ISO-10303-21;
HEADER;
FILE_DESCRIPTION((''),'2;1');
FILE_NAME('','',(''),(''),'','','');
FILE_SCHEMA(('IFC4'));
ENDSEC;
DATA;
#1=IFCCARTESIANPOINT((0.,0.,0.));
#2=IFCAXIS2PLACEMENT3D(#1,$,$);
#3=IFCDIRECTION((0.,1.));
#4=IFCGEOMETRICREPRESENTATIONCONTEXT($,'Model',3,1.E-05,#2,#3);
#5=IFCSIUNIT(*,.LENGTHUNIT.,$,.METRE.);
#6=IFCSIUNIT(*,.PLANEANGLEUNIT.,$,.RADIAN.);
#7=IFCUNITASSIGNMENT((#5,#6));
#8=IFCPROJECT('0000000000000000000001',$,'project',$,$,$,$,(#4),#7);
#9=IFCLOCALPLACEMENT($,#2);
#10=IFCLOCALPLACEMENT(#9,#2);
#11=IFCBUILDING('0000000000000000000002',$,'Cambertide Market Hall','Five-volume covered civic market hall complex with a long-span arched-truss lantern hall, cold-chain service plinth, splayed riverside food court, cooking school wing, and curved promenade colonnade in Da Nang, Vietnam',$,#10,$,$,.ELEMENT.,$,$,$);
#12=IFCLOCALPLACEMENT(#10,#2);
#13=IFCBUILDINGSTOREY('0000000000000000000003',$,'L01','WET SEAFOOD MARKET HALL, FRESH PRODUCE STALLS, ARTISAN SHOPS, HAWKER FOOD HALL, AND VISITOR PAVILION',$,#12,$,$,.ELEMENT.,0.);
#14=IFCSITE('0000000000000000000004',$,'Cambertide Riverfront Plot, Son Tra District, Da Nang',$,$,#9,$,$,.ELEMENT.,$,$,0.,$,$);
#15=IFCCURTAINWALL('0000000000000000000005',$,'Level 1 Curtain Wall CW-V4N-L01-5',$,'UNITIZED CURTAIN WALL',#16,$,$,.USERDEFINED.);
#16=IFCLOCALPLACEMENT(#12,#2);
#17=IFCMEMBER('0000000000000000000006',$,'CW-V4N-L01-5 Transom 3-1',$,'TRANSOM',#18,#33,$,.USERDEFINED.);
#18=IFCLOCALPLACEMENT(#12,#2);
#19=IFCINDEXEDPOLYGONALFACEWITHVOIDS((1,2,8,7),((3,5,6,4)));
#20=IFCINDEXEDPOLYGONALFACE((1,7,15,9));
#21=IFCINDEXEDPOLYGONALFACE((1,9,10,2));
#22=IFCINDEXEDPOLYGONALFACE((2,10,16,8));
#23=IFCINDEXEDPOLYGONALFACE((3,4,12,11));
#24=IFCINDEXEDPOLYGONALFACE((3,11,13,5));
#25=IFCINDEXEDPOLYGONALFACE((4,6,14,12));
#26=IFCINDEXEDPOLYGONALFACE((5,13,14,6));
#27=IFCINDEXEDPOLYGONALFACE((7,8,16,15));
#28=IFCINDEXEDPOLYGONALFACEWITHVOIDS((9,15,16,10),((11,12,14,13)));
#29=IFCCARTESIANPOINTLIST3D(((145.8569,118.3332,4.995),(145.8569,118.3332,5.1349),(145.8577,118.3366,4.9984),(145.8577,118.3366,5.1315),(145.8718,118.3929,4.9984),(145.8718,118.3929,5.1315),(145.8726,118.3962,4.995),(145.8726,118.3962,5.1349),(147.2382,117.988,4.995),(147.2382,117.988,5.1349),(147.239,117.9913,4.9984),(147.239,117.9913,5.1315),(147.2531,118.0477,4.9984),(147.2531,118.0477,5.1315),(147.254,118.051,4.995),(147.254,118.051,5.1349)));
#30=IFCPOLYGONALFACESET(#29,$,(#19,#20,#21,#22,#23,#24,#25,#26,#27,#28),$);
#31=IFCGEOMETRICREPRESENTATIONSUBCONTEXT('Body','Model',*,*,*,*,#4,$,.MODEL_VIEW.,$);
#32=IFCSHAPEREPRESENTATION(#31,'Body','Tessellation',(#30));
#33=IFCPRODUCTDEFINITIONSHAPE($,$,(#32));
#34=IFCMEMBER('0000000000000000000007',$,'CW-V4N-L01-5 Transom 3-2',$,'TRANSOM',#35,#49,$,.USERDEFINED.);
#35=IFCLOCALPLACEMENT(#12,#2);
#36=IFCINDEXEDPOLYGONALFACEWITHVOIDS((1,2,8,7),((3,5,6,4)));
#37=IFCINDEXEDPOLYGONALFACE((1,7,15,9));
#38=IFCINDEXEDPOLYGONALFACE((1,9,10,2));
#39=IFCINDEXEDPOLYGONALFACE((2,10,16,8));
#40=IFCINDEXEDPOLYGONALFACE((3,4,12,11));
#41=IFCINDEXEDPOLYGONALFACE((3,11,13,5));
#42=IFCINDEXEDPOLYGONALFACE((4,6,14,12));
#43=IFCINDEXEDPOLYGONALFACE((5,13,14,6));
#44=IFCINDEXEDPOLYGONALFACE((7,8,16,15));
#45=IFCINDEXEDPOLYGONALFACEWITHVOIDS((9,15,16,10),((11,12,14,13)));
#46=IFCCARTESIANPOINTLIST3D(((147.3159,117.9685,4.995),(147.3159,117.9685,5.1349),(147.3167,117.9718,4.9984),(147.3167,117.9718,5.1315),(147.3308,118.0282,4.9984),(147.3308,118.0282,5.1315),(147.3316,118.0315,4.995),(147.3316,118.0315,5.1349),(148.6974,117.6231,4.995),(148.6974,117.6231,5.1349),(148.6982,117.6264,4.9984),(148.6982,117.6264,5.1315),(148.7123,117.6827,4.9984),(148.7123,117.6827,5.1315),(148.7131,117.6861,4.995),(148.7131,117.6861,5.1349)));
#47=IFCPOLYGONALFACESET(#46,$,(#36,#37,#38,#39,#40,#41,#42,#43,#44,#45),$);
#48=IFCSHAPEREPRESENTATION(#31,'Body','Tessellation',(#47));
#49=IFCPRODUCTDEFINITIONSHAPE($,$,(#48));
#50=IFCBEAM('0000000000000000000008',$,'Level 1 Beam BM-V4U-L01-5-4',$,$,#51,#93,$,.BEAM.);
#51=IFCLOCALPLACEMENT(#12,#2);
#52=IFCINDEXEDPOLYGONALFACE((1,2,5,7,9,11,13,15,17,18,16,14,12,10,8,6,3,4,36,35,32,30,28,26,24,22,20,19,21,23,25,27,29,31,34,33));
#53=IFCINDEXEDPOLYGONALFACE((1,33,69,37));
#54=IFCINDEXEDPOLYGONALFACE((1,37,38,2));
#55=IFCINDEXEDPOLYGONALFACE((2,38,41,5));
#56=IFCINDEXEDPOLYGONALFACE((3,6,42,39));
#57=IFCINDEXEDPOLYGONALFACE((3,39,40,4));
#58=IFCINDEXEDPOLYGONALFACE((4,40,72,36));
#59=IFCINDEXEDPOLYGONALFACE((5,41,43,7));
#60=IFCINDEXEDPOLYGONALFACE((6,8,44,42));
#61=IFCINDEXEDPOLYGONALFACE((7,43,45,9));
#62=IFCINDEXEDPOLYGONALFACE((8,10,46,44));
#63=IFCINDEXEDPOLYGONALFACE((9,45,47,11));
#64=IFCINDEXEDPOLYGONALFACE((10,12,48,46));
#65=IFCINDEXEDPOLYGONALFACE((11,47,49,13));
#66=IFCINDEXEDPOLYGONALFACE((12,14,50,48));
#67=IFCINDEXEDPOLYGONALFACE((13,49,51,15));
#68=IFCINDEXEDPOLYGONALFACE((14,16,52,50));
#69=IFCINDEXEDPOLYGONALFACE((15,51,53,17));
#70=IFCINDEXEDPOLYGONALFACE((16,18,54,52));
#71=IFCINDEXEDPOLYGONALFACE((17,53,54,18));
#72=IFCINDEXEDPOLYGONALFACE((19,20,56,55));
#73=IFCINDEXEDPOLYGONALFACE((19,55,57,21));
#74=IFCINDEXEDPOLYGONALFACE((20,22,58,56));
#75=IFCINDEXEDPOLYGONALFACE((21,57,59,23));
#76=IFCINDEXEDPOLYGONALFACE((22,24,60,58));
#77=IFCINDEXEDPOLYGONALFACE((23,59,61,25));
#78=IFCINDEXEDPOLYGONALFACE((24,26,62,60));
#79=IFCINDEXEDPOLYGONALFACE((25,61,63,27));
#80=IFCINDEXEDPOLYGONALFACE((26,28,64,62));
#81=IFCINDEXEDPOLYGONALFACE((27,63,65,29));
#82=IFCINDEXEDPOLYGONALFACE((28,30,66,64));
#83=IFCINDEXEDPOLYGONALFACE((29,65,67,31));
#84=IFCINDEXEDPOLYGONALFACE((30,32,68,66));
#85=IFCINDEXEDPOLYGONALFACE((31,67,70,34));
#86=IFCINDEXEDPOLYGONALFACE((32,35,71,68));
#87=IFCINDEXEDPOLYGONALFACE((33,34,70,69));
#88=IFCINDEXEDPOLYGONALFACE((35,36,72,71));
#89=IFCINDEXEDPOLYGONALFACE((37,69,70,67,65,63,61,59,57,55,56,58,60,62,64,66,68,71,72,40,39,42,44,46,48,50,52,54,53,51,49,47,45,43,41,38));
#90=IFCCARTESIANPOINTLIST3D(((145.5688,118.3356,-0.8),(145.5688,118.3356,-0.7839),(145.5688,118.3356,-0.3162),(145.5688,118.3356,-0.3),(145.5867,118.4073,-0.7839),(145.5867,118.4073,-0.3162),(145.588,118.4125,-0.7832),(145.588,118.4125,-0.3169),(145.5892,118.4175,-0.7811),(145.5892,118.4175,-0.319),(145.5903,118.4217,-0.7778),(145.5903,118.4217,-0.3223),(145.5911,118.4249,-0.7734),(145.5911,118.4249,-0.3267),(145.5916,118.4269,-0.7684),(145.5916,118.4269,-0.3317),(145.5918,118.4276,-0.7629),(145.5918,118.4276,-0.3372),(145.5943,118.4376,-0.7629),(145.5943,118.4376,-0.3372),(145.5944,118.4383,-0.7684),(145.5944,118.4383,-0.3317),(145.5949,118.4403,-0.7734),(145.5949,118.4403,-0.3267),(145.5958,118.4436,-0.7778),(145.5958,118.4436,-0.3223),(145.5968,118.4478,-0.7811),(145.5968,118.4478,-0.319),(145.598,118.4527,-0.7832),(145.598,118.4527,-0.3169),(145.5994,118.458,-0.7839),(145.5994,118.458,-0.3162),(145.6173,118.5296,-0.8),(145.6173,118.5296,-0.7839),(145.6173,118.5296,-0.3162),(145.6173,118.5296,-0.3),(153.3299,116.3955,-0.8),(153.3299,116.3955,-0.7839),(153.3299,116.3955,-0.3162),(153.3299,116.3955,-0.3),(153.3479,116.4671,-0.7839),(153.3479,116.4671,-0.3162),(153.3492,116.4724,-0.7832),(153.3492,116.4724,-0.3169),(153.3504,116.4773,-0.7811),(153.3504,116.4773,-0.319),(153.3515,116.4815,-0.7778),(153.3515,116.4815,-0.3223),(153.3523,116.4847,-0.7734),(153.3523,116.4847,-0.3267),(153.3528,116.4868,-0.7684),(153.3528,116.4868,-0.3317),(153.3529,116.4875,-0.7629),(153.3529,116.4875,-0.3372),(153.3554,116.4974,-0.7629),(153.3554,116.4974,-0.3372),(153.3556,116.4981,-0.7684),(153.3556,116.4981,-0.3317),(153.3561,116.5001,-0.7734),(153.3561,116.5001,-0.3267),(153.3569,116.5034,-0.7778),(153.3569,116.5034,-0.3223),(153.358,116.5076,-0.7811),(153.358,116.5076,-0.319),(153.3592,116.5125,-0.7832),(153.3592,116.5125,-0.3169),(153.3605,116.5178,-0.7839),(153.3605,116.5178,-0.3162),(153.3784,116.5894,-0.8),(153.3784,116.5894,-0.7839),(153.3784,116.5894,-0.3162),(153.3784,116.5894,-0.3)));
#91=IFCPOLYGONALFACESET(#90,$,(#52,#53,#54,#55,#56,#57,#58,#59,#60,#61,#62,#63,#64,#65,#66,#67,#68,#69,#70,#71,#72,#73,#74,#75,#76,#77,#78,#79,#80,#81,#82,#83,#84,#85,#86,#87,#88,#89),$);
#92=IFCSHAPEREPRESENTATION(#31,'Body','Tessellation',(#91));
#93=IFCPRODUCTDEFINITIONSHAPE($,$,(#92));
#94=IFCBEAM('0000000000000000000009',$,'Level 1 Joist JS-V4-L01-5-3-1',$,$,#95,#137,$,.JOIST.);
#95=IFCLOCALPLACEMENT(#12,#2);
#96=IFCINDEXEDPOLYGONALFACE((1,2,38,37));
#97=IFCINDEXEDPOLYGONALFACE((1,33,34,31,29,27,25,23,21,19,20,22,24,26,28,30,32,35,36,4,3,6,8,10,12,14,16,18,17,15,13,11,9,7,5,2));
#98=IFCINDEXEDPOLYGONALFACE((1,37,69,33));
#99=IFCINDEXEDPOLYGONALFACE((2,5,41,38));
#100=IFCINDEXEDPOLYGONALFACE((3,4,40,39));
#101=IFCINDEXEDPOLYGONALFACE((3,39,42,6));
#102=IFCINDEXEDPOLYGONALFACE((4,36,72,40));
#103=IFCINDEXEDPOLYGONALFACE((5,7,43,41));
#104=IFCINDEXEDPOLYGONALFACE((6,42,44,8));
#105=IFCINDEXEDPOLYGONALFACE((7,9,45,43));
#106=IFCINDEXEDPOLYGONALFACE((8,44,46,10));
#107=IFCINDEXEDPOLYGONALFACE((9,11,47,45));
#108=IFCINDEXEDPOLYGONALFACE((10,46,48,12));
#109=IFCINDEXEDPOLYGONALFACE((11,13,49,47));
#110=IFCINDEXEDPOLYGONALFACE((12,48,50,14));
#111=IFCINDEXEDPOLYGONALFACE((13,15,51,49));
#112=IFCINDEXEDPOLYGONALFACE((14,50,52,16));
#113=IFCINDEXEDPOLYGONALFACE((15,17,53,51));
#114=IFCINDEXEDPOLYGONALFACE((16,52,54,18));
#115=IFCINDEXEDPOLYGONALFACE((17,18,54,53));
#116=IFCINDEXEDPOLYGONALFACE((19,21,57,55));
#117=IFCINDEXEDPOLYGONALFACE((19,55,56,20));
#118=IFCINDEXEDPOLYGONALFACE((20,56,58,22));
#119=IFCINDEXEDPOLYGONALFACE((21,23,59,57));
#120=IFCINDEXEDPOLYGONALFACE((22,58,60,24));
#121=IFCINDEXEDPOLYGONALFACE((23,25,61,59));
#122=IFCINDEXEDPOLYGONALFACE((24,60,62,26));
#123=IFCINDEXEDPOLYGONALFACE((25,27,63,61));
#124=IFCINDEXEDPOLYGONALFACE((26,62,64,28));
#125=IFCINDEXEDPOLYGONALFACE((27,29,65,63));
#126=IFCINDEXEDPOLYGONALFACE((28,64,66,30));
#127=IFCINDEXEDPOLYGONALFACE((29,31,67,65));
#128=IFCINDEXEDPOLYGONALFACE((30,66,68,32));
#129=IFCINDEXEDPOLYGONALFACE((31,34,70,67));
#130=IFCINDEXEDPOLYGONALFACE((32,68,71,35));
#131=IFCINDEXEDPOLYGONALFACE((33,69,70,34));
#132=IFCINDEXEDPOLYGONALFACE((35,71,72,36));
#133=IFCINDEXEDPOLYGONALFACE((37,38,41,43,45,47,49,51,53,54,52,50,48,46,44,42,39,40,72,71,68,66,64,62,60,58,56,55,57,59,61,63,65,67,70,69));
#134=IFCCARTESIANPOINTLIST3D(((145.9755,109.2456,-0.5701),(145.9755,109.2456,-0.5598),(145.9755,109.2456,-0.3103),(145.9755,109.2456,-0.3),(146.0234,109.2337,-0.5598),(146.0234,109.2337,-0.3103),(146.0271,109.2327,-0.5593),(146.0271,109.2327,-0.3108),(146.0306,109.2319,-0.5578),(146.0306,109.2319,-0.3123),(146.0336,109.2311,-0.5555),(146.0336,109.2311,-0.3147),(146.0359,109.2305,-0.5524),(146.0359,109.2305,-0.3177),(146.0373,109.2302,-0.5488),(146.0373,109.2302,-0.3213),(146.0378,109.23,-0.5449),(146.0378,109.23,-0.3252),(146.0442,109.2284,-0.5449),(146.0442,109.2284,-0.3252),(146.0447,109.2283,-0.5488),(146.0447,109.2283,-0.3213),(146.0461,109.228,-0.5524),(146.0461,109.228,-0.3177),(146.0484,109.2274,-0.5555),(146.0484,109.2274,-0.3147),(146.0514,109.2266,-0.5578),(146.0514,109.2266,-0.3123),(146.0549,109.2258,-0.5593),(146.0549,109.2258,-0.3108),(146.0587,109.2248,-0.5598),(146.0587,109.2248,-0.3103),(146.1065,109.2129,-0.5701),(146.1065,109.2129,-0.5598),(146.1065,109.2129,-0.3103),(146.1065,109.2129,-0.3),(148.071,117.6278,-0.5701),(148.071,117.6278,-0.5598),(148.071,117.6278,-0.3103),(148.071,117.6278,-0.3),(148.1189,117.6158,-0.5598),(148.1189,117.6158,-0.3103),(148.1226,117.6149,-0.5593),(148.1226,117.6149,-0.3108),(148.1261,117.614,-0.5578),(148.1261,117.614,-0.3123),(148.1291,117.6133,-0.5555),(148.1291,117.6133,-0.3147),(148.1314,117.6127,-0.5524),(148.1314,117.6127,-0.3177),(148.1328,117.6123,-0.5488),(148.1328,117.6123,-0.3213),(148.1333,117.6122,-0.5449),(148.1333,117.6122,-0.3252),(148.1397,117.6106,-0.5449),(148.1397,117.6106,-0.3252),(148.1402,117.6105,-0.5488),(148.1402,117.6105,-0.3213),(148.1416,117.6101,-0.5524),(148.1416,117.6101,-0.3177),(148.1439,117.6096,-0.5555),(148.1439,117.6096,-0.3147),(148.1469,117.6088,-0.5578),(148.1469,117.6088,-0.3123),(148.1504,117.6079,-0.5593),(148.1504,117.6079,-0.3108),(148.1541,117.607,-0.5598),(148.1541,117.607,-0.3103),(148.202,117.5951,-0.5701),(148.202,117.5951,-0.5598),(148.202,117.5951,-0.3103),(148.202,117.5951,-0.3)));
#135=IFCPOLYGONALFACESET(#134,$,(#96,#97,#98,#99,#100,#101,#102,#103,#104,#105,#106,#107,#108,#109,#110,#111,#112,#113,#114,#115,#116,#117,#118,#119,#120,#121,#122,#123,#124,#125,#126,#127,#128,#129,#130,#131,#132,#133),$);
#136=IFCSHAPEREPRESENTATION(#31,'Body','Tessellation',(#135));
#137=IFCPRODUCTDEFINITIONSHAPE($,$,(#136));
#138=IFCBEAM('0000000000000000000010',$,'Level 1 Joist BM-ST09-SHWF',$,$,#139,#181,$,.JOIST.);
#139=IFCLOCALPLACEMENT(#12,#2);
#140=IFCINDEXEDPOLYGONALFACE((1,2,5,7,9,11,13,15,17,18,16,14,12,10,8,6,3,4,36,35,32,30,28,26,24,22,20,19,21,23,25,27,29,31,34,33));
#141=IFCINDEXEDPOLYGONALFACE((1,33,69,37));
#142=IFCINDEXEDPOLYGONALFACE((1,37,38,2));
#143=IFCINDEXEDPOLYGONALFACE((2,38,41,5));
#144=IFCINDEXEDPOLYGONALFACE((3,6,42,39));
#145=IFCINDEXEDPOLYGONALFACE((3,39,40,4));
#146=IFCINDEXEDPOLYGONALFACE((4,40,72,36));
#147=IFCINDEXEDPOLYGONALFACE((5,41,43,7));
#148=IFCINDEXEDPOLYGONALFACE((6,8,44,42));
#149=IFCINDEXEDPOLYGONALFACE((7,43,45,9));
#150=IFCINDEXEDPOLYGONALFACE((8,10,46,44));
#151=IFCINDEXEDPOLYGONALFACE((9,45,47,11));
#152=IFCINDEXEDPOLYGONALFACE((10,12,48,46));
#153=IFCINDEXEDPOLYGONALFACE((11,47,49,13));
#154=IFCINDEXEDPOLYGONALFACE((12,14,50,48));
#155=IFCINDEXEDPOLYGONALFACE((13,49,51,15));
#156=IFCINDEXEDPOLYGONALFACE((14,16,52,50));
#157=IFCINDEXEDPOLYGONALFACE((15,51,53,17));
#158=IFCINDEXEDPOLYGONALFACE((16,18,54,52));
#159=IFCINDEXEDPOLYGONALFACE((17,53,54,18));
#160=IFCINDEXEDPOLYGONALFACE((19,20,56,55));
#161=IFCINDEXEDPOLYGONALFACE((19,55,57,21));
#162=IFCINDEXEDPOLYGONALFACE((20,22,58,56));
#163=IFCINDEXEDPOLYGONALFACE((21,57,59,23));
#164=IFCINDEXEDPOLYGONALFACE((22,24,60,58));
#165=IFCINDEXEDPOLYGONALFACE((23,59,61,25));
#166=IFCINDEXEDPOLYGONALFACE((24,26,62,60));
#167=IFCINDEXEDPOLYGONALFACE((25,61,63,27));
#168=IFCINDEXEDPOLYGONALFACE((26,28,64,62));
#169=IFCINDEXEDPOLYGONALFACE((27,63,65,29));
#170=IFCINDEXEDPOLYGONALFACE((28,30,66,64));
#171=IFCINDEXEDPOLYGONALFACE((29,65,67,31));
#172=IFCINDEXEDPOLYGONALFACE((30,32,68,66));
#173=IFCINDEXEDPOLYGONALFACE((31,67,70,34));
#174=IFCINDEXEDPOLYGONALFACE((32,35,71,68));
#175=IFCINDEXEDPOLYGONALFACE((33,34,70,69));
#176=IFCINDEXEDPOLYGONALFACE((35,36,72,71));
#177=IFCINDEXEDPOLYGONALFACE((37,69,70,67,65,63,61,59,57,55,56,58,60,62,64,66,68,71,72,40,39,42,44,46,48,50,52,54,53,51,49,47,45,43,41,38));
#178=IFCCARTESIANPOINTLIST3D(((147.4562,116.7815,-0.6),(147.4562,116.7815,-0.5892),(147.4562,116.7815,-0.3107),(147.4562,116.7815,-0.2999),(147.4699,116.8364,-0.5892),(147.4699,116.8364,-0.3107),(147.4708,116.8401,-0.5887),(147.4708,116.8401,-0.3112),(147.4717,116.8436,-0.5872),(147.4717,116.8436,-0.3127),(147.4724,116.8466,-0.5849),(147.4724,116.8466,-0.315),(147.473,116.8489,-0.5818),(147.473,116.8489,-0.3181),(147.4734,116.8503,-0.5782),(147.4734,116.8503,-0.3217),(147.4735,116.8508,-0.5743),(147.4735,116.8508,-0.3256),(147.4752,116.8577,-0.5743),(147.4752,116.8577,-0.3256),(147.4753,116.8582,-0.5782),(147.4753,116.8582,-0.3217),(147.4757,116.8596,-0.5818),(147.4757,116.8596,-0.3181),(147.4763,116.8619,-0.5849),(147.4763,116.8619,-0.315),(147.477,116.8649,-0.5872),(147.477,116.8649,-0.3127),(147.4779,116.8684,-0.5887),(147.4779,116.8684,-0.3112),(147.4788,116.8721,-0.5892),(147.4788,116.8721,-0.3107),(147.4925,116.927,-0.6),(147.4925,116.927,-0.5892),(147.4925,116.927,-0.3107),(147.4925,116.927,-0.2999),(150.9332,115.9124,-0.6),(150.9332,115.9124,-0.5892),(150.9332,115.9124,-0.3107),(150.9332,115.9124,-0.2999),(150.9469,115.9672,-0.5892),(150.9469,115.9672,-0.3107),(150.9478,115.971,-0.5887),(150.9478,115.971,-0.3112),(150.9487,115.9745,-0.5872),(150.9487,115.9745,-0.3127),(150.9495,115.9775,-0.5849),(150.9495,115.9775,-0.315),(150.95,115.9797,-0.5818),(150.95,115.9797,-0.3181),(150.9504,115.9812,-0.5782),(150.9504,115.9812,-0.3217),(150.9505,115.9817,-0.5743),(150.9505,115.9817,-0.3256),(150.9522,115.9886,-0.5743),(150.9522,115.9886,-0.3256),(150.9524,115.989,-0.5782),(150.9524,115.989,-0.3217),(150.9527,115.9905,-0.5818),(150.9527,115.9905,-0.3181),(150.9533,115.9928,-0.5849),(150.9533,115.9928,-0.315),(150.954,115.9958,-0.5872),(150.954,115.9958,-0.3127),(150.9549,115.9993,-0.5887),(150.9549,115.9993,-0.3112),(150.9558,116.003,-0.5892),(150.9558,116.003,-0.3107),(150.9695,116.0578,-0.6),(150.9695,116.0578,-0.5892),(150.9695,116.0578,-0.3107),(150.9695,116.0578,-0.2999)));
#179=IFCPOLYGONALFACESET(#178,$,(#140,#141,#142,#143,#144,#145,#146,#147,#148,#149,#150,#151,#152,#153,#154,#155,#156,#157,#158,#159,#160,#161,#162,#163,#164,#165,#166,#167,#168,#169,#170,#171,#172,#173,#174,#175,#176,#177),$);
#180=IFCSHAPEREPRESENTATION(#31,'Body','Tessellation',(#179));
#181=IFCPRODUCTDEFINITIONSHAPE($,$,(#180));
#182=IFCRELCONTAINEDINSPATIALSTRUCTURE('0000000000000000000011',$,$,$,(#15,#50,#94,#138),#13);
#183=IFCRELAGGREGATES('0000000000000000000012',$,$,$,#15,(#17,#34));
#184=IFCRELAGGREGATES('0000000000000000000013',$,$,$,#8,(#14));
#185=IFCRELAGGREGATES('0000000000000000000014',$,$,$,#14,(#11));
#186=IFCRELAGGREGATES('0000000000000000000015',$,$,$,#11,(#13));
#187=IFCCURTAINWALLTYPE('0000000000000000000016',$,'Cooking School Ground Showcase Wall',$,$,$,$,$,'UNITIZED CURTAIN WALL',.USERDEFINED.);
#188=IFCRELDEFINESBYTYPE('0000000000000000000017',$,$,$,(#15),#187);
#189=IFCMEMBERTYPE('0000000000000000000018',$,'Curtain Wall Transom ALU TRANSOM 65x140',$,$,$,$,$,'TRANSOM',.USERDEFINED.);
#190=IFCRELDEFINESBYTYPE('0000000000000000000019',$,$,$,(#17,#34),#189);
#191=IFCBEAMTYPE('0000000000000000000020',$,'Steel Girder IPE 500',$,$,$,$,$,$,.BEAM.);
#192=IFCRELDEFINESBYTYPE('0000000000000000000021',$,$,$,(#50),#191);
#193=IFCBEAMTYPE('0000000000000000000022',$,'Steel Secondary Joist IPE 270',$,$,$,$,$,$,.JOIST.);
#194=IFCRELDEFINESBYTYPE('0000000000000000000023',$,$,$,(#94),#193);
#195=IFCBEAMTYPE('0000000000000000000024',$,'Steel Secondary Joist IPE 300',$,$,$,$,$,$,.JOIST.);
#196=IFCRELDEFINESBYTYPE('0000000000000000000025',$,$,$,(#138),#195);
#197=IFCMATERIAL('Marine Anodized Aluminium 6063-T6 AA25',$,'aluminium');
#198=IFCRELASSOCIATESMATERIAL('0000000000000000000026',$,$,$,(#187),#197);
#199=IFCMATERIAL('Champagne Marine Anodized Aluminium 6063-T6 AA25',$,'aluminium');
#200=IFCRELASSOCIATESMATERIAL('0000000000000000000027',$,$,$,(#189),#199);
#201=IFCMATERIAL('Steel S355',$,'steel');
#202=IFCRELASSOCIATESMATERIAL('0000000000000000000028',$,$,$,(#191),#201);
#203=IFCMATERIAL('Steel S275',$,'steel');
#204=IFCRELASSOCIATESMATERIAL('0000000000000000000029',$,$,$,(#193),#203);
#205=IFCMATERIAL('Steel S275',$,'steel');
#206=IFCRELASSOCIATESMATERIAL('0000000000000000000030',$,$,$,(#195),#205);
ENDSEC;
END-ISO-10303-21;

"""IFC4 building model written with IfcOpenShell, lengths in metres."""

from ifc_helpers import new_model, si_unit, direction, frame, origin, origin_2d, place, context, subcontext, project, spatial, hollow_rectangle, i_section, extrude, material, material_profile, profile_set, type_object, element, aggregate, save


model = new_model("IFC4")

# Units and contexts
model_context = context("Model", 3, precision=1e-05, world=origin(), true_north=direction((0.0, 1.0)))
body_context = subcontext(model_context, "Body", "Model", "MODEL_VIEW")
ifc_project = project(units=[si_unit("LENGTHUNIT", "METRE"), si_unit("PLANEANGLEUNIT", "RADIAN")], contexts=[model_context])

# Site, building, storey
site_placement = place(None, origin())
site = spatial("IfcSite", under=ifc_project, at=site_placement, Name="Cambertide Riverfront Plot, Son Tra District, Da Nang", CompositionType="ELEMENT", RefElevation=0.0)
building_placement = place(site_placement, origin())
building = spatial("IfcBuilding", under=site, at=building_placement, Name="Cambertide Market Hall", Description="Five-volume covered civic market hall complex with a long-span arched-truss lantern hall, cold-chain service plinth, splayed riverside food court, cooking school wing, and curved promenade colonnade in Da Nang, Vietnam", CompositionType="ELEMENT")
storey_placement = place(building_placement, origin())
storey = spatial("IfcBuildingStorey", under=building, at=storey_placement, Name="L01", Description="WET SEAFOOD MARKET HALL, FRESH PRODUCE STALLS, ARTISAN SHOPS, HAWKER FOOD HALL, AND VISITOR PAVILION", CompositionType="ELEMENT", Elevation=0.0)

# Curtain wall, members
ifc_material_1 = material(Name="Marine Anodized Aluminium 6063-T6 AA25", Category="aluminium")
curtain_wall_type = type_object("IfcCurtainWallType", Name="Cooking School Ground Showcase Wall", ElementType="UNITIZED CURTAIN WALL", PredefinedType="USERDEFINED", material=ifc_material_1)
curtain_wall_placement = place(storey_placement, origin())
curtain_wall = element("IfcCurtainWall", 1, at=curtain_wall_placement, inside=storey, type_object=curtain_wall_type, Name="Level 1 Curtain Wall CW-V4N-L01-5", ObjectType="UNITIZED CURTAIN WALL", PredefinedType="USERDEFINED")
ifc_material_2 = material(Name="Champagne Marine Anodized Aluminium 6063-T6 AA25", Category="aluminium")
ifc_material_profile_1 = material_profile(ifc_material_2, hollow_rectangle(XDim=0.0649, YDim=0.1399, WallThickness=0.0034, at=origin_2d()), Name="ALU TRANSOM 65x140")
ifc_profile_set_1 = profile_set([ifc_material_profile_1], Name="Champagne Marine Anodized Aluminium 6063-T6 AA25")
member_type_1 = type_object("IfcMemberType", Name="Curtain Wall Transom ALU TRANSOM 65x140", ElementType="TRANSOM", PredefinedType="USERDEFINED", material=ifc_profile_set_1)
member_1_placement = place(storey_placement, frame((145.8647, 118.3647, 5.0649), z_axis=(0.970163, -0.242455, 0.0), x_axis=(0.242455, 0.970163, 0.0)))
member_1 = element("IfcMember", 2, at=member_1_placement, type_object=member_type_1, Name="CW-V4N-L01-5 Transom 3-1", ObjectType="TRANSOM", PredefinedType="USERDEFINED", context=body_context, shape_type="SweptSolid", body=[
    extrude(hollow_rectangle(XDim=0.0649, YDim=0.1399, WallThickness=0.0034, at=origin_2d()), origin(), (0.0, 0.0, 1.0), 1.4238),
])
member_2_placement = place(storey_placement, frame((147.3237, 118.0, 5.0649), z_axis=(0.970132, -0.242576, 0.0), x_axis=(0.242576, 0.970132, 0.0)))
member_2 = element("IfcMember", 3, at=member_2_placement, type_object=member_type_1, Name="CW-V4N-L01-5 Transom 3-2", ObjectType="TRANSOM", PredefinedType="USERDEFINED", context=body_context, shape_type="SweptSolid", body=[
    extrude(hollow_rectangle(XDim=0.0649, YDim=0.1399, WallThickness=0.0034, at=origin_2d()), origin(), (0.0, 0.0, 1.0), 1.4241),
])

# Beams
ifc_material_3 = material(Name="Steel S355", Category="steel")
ifc_material_profile_2 = material_profile(ifc_material_3, i_section(OverallWidth=0.2, OverallDepth=0.5, WebThickness=0.0103, FlangeThickness=0.0161, FilletRadius=0.021, at=origin_2d()), Name="IPE 500")
ifc_profile_set_2 = profile_set([ifc_material_profile_2], Name="Steel S355")
beam_type_1 = type_object("IfcBeamType", Name="Steel Girder IPE 500", PredefinedType="BEAM", material=ifc_profile_set_2)
beam_1_placement = place(storey_placement, frame((145.593, 118.4326, -0.55), z_axis=(0.970146, -0.242521, 0.0), x_axis=(0.242521, 0.970146, 0.0)))
element("IfcBeam", 4, at=beam_1_placement, inside=storey, type_object=beam_type_1, Name="Level 1 Beam BM-V4U-L01-5-4", PredefinedType="BEAM", context=body_context, shape_type="SweptSolid", body=[
    extrude(i_section(OverallWidth=0.2, OverallDepth=0.5, WebThickness=0.0103, FlangeThickness=0.0161, FilletRadius=0.021, at=origin_2d()), origin(), (0.0, 0.0, 1.0), 8.0),
])
ifc_material_4 = material(Name="Steel S275", Category="steel")
ifc_material_profile_3 = material_profile(ifc_material_4, i_section(OverallWidth=0.135, OverallDepth=0.27, WebThickness=0.0066, FlangeThickness=0.0103, FilletRadius=0.0149, at=origin_2d()), Name="IPE 270")
ifc_profile_set_3 = profile_set([ifc_material_profile_3], Name="Steel S275")
beam_type_2 = type_object("IfcBeamType", Name="Steel Secondary Joist IPE 270", PredefinedType="JOIST", material=ifc_profile_set_3)
beam_2_placement = place(storey_placement, frame((146.041, 109.2292, -0.4351), z_axis=(0.242529, 0.970144, 0.0), x_axis=(-0.970144, 0.242529, 0.0)))
element("IfcBeam", 5, at=beam_2_placement, inside=storey, type_object=beam_type_2, Name="Level 1 Joist JS-V4-L01-5-3-1", PredefinedType="JOIST", context=body_context, shape_type="SweptSolid", body=[
    extrude(i_section(OverallWidth=0.135, OverallDepth=0.27, WebThickness=0.0066, FlangeThickness=0.0103, FilletRadius=0.0149, at=origin_2d()), origin(), (0.0, 0.0, 1.0), 8.6401),
])
ifc_material_5 = material(Name="Steel S275", Category="steel")
ifc_material_profile_4 = material_profile(ifc_material_5, i_section(OverallWidth=0.1499, OverallDepth=0.3, WebThickness=0.0071, FlangeThickness=0.0107, FilletRadius=0.0149, at=origin_2d()), Name="IPE 300")
ifc_profile_set_4 = profile_set([ifc_material_profile_4], Name="Steel S275")
beam_type_3 = type_object("IfcBeamType", Name="Steel Secondary Joist IPE 300", PredefinedType="JOIST", material=ifc_profile_set_4)
beam_3_placement = place(storey_placement, frame((147.4744, 116.8542, -0.45), z_axis=(0.970151, -0.242504, 0.0), x_axis=(0.242504, 0.970151, 0.0)))
element("IfcBeam", 6, at=beam_3_placement, inside=storey, type_object=beam_type_3, Name="Level 1 Joist BM-ST09-SHWF", PredefinedType="JOIST", context=body_context, shape_type="SweptSolid", body=[
    extrude(i_section(OverallWidth=0.1499, OverallDepth=0.3, WebThickness=0.0071, FlangeThickness=0.0107, FilletRadius=0.0149, at=origin_2d()), origin(), (0.0, 0.0, 1.0), 3.584),
])

aggregate(curtain_wall, [member_1, member_2])

save(model, "model.ifc")
